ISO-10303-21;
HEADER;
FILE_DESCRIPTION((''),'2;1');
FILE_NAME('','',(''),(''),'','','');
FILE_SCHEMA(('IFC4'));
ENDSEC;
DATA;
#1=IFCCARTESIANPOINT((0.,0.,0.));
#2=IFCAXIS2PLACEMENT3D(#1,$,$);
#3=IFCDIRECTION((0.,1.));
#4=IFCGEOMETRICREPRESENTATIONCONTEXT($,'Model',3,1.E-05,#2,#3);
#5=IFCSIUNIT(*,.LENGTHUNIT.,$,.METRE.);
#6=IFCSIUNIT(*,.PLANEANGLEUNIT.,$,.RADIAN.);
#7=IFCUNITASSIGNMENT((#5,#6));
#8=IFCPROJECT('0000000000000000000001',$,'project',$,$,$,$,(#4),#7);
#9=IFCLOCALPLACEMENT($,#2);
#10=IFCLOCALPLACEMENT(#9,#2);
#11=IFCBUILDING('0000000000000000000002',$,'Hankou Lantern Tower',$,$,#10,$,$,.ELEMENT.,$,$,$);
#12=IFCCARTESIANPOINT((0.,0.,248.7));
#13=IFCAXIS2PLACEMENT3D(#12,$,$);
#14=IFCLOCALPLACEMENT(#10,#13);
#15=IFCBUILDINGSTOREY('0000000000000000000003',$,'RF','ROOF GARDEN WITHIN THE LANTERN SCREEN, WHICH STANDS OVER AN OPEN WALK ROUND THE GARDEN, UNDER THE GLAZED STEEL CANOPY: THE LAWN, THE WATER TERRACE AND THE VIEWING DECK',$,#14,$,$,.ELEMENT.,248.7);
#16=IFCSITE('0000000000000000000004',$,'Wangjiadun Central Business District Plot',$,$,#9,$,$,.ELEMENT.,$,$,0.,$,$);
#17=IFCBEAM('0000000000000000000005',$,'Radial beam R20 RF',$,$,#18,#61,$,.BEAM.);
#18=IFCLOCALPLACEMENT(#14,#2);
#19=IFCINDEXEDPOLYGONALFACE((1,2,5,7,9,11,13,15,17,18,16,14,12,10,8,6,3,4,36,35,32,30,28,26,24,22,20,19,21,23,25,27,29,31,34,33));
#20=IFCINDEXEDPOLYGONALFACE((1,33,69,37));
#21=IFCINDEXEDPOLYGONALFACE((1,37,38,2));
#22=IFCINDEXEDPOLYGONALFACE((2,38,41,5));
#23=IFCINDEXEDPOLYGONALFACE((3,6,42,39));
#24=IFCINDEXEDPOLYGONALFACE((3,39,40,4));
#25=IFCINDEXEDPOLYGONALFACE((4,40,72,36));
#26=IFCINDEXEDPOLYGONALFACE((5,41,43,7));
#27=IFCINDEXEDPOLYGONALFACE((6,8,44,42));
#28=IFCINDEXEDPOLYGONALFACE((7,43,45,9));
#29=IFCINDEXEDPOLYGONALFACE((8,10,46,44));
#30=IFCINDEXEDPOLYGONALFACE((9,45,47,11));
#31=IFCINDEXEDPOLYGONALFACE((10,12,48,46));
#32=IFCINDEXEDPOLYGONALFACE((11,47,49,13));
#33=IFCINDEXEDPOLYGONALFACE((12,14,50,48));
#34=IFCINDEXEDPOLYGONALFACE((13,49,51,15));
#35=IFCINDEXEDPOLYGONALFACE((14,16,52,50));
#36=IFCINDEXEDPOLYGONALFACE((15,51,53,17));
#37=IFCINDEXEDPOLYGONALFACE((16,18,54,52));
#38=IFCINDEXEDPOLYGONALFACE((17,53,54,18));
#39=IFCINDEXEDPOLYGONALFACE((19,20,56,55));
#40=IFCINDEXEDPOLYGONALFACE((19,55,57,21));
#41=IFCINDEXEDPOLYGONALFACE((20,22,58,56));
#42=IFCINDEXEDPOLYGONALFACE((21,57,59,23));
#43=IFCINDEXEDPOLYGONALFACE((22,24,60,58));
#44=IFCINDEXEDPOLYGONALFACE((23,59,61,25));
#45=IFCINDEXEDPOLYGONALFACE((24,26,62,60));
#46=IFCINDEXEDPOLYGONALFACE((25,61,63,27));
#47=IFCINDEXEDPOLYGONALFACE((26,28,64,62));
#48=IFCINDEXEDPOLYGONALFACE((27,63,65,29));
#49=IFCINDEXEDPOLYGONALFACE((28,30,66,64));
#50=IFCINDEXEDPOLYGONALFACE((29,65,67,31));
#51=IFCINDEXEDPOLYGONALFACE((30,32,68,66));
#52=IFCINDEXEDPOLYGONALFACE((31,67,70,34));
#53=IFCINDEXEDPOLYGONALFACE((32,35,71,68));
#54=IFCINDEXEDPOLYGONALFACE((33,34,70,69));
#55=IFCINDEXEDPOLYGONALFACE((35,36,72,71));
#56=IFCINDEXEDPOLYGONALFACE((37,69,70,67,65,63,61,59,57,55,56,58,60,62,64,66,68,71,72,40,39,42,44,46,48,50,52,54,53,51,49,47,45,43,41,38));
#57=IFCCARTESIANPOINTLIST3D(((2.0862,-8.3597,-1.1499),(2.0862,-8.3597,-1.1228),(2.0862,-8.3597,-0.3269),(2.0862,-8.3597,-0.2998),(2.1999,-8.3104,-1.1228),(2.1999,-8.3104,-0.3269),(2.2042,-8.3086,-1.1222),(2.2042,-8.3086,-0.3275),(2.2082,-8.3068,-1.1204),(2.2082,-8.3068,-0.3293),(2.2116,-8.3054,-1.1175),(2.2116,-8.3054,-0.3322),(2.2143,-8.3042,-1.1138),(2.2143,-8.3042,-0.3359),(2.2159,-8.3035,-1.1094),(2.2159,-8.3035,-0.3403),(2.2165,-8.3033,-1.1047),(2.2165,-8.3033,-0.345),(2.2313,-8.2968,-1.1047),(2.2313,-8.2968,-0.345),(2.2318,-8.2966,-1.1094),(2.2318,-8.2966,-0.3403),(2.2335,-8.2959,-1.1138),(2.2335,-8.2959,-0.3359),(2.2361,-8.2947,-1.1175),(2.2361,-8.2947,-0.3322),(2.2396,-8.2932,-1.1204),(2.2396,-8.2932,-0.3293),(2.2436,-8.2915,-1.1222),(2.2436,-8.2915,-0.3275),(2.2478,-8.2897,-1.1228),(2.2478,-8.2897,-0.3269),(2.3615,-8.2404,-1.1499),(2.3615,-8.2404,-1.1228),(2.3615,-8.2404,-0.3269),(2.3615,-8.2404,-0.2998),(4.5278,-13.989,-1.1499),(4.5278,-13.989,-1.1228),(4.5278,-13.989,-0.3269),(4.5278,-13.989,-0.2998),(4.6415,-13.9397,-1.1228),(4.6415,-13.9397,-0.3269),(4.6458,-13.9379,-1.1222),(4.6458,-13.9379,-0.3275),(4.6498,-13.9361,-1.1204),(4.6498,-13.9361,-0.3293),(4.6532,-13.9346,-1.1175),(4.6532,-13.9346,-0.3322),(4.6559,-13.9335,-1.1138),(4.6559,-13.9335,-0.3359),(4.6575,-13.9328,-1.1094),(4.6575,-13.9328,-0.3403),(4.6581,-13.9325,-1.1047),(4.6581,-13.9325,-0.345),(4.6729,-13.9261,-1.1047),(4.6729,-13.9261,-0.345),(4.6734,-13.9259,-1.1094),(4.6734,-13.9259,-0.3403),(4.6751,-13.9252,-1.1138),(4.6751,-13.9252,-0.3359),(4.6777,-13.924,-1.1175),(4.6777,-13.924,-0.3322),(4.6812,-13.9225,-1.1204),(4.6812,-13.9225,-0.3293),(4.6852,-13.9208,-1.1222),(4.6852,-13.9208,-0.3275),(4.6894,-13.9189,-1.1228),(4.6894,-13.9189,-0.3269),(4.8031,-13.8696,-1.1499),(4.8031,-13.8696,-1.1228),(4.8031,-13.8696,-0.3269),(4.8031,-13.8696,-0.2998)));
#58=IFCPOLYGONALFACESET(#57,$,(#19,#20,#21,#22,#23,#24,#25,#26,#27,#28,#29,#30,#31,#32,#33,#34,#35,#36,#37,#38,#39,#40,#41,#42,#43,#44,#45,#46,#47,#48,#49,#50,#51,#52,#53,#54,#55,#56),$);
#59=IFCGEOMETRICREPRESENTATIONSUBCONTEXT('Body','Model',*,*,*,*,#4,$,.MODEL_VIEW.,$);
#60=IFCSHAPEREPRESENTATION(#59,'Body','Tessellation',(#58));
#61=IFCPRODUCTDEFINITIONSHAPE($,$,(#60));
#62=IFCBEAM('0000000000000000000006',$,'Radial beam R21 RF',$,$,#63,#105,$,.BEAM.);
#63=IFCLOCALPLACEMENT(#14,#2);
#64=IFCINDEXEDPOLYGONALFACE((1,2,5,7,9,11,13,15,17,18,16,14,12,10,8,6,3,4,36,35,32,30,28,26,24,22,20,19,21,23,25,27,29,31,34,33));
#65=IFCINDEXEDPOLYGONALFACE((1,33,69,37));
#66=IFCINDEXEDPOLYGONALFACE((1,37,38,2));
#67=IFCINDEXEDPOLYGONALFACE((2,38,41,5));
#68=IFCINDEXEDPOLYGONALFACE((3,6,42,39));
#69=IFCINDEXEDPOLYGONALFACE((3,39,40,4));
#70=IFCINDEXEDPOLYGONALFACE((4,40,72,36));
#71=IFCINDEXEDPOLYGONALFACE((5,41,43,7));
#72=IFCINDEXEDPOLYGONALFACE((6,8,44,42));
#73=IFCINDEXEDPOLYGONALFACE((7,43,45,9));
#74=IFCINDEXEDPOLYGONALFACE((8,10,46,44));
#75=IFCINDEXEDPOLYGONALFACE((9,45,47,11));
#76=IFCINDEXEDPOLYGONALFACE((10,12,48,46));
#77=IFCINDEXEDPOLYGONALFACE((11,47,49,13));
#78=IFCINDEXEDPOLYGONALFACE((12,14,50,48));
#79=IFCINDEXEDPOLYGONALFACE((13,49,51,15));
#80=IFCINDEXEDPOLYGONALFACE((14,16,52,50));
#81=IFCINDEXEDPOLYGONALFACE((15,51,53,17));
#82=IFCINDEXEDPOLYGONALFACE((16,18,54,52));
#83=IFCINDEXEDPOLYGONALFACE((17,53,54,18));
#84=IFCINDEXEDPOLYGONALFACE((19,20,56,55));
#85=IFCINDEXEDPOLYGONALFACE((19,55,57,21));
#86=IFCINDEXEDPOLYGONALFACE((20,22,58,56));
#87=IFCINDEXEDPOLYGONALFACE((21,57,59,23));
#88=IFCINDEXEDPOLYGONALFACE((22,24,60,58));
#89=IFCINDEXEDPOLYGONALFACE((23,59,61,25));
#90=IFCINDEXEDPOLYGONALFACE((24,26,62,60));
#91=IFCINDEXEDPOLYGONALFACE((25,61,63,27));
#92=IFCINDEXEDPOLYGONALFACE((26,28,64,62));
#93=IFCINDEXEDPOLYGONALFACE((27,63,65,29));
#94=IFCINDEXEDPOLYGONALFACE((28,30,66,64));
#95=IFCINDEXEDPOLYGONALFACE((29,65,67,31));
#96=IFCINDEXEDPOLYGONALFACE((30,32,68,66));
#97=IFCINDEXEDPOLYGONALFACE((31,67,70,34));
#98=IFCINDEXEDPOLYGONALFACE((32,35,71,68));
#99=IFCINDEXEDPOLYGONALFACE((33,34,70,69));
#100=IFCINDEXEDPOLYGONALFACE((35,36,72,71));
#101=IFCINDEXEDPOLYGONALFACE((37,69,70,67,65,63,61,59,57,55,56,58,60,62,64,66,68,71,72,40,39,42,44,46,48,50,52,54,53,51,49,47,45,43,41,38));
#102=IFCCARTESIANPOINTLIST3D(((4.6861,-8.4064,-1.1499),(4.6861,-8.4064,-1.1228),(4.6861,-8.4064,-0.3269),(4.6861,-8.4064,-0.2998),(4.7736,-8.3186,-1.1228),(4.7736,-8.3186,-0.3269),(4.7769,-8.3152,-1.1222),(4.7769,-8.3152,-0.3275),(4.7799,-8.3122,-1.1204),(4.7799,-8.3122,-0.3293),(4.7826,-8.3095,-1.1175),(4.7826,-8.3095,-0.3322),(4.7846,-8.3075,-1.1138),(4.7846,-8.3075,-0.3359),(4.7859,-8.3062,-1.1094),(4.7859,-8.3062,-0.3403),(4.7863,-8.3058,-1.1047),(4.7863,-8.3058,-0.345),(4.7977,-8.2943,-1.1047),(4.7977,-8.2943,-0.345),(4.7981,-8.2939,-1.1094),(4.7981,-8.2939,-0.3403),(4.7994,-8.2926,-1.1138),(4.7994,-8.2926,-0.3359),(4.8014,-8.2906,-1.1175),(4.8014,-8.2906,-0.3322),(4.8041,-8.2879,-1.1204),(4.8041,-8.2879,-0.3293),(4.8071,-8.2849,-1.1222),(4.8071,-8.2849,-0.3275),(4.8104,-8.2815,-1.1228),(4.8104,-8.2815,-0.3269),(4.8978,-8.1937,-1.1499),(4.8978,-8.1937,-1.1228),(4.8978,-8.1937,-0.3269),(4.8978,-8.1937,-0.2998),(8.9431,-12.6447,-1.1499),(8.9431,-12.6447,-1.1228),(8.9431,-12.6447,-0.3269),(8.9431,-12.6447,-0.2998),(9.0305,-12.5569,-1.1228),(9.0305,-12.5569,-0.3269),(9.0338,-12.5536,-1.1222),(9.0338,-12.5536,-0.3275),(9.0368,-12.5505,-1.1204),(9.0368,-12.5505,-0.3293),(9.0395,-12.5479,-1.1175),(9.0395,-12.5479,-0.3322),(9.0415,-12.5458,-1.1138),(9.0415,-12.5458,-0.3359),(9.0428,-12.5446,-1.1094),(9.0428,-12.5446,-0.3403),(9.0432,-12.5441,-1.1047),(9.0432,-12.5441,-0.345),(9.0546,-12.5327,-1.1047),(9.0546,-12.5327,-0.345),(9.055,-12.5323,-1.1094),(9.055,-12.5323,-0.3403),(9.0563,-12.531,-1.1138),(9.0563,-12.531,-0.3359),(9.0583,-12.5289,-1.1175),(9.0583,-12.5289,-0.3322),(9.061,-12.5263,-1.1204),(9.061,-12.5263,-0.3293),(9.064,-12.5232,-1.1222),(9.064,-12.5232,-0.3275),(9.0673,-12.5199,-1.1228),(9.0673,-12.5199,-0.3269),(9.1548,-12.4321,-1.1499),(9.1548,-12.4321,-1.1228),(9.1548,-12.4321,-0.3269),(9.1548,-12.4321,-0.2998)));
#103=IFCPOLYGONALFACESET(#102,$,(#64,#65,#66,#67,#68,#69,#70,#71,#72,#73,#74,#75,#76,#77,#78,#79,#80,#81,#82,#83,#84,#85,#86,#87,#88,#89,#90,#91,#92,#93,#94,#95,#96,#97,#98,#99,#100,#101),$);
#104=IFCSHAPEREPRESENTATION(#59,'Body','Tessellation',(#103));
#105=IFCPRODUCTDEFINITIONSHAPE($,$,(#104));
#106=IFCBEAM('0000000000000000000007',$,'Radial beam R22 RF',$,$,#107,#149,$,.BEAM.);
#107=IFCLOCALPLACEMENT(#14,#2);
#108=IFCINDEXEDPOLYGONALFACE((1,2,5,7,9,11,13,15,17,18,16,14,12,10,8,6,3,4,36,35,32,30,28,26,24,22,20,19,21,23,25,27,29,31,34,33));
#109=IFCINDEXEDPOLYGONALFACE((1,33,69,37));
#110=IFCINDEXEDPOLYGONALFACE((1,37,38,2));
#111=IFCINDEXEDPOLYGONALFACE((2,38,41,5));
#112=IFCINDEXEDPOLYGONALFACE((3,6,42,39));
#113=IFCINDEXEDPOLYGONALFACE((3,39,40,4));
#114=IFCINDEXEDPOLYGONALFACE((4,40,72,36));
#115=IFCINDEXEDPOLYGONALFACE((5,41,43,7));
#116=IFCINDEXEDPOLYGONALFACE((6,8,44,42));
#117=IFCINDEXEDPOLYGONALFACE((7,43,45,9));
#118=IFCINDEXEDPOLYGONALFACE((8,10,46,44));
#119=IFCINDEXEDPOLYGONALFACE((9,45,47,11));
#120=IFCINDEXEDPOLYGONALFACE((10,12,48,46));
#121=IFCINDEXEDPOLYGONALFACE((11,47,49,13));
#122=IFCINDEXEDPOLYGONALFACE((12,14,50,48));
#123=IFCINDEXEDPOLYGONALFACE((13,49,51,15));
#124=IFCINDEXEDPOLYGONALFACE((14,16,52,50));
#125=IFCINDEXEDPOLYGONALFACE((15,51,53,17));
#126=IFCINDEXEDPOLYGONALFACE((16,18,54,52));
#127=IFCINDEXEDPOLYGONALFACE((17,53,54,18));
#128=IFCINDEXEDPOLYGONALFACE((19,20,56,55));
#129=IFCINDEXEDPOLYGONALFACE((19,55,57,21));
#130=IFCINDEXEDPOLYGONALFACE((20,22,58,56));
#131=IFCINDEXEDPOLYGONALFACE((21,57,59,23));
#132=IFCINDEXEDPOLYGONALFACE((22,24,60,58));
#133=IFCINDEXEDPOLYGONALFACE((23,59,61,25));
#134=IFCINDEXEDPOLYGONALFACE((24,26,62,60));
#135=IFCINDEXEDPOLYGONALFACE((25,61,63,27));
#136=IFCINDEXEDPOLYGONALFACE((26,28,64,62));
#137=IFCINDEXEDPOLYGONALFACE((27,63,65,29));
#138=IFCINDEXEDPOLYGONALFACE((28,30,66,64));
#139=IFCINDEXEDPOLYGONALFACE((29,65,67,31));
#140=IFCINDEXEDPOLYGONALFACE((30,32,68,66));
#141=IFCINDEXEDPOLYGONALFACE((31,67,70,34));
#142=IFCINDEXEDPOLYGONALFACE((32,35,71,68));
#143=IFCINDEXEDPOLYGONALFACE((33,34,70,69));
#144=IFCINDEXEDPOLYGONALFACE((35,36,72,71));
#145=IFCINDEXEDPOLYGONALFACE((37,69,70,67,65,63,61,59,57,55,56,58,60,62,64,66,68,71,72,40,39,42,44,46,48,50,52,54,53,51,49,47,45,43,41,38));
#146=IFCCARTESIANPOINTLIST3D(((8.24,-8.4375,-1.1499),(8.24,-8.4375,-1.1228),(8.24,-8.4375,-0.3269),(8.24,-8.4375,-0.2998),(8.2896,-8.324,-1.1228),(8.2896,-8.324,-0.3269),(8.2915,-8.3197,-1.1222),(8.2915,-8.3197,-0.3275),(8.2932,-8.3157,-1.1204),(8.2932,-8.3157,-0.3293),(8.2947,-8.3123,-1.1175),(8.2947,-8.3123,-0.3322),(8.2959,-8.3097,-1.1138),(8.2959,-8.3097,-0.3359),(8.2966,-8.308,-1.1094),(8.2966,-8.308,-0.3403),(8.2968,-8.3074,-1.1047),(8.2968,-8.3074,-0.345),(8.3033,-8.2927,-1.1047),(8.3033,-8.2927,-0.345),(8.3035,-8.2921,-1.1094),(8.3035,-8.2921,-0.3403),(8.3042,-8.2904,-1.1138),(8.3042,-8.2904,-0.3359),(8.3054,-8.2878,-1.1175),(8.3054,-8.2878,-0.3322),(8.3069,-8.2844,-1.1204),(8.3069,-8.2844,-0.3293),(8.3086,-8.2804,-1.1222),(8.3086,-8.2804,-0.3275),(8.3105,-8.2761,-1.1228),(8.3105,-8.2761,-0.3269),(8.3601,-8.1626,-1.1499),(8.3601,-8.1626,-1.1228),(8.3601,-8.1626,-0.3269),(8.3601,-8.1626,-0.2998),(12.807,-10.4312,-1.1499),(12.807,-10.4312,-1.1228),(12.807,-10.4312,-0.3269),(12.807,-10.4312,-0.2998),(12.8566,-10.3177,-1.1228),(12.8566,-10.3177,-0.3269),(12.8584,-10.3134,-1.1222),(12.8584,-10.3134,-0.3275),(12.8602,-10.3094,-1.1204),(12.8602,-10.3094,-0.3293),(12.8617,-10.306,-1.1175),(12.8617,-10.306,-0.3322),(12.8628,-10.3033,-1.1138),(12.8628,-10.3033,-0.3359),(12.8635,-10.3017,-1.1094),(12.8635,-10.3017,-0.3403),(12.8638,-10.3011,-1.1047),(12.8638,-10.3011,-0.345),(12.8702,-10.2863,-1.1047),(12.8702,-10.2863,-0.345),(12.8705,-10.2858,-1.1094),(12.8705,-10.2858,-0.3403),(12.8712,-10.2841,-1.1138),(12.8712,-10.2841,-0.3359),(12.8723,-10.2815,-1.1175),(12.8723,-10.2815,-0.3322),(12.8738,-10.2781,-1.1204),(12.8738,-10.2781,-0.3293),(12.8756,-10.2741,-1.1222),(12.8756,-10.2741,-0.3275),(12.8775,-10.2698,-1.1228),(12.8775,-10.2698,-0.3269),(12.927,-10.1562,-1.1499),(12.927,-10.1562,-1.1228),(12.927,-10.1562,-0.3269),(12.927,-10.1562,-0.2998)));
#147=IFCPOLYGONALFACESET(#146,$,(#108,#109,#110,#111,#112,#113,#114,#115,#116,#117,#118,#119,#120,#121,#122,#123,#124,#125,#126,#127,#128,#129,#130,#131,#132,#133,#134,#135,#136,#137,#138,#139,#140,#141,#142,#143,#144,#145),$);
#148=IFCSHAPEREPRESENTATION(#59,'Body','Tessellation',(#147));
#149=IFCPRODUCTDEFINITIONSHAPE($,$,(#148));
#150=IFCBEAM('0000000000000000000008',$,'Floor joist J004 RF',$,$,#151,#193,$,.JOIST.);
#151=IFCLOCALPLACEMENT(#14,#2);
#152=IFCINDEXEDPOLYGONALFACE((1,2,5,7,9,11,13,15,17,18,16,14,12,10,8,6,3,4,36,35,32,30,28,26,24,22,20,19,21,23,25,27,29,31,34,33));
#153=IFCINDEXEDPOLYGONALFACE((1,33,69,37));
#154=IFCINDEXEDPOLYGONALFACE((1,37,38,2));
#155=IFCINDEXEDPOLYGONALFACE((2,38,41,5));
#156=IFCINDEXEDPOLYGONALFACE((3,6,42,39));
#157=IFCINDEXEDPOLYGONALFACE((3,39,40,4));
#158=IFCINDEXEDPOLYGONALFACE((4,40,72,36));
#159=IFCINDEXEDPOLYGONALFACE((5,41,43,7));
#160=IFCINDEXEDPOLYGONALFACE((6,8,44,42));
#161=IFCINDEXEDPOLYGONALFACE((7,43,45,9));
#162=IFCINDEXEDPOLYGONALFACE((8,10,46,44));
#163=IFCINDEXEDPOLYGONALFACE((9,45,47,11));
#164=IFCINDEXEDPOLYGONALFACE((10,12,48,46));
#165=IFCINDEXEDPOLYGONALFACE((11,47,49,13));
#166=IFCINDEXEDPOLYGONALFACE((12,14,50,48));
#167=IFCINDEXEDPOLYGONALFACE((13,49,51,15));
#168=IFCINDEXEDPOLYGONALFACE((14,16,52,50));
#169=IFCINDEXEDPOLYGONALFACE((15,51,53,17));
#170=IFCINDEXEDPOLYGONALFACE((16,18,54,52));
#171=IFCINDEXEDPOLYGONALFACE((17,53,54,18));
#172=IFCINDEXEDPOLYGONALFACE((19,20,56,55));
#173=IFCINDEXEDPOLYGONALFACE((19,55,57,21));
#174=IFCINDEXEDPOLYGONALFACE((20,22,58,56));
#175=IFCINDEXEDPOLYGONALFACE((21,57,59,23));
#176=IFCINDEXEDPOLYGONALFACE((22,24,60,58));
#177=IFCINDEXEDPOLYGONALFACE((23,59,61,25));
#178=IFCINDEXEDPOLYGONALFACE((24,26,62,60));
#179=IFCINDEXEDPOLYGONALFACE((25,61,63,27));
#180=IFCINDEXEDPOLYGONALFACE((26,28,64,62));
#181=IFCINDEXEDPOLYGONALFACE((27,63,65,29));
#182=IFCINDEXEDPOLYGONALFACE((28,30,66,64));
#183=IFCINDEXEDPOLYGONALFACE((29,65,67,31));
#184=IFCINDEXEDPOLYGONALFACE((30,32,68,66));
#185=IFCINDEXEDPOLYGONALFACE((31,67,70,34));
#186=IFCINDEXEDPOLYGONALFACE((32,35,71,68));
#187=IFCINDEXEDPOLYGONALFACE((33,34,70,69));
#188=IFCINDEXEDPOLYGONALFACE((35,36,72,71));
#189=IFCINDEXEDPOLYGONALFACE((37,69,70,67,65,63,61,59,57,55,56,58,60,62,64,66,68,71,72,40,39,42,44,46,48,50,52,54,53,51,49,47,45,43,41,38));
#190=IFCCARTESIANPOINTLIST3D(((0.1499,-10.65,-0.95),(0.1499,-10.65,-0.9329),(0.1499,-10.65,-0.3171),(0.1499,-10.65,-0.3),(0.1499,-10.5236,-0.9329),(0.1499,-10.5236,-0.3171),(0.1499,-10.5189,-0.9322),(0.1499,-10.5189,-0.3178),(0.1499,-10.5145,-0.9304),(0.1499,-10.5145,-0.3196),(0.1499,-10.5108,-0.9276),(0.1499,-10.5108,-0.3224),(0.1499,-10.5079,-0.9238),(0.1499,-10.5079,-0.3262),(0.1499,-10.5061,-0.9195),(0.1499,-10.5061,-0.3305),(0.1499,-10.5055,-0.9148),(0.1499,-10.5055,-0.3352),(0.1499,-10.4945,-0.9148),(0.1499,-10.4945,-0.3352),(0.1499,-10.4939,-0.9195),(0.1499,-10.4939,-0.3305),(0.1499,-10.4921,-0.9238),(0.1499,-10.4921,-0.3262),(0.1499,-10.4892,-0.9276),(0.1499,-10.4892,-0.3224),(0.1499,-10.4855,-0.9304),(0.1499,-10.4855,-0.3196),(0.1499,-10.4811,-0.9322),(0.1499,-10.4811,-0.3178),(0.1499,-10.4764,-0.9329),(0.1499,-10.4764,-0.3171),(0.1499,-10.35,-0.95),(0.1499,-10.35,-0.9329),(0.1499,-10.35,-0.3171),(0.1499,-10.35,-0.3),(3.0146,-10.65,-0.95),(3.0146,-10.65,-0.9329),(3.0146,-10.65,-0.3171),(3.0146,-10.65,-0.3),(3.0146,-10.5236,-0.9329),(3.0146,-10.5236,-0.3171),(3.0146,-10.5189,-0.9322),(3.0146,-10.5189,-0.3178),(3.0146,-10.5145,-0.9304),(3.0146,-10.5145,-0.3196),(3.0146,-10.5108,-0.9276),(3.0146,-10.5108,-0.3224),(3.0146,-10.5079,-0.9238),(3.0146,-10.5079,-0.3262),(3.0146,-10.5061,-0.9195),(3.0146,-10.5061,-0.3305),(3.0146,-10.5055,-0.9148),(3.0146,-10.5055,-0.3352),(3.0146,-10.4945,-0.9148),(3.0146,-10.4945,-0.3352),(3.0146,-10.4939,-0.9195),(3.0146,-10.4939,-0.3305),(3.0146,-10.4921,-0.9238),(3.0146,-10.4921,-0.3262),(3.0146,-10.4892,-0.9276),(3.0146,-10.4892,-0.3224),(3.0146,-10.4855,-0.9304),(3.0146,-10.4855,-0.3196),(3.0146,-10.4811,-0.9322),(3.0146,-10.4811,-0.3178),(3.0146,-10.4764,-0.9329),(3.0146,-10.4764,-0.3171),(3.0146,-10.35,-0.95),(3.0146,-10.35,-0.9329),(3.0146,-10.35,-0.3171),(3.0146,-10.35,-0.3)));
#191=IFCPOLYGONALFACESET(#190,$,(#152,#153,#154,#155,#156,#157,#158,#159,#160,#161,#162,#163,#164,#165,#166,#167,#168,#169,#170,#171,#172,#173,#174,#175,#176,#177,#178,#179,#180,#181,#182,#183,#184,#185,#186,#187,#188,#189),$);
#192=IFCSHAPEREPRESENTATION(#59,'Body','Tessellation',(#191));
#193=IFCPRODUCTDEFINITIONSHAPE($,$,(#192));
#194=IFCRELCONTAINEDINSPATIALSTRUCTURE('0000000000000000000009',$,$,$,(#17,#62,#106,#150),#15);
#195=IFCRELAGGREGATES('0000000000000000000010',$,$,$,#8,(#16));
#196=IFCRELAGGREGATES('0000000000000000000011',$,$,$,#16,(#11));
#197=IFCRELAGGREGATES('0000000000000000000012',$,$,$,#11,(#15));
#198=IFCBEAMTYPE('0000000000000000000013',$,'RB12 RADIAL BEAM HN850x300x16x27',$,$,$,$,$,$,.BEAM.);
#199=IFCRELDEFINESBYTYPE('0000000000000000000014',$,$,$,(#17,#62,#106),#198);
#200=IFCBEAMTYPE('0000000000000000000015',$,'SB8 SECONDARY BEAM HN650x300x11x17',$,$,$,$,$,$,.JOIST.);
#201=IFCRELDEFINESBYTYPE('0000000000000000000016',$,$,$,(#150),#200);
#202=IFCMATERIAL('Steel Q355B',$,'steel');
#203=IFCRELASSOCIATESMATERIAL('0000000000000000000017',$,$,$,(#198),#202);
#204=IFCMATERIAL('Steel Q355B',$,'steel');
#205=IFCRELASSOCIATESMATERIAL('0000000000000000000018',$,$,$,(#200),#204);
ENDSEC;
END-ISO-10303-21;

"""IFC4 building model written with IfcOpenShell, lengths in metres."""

from ifc_helpers import new_model, si_unit, direction, frame, origin, origin_2d, place, context, subcontext, project, spatial, i_section, extrude, material, material_profile, profile_set, type_object, element, save


model = new_model("IFC4")

# Units and contexts
model_context = context("Model", 3, precision=1e-05, world=origin(), true_north=direction((0.0, 1.0)))
body_context = subcontext(model_context, "Body", "Model", "MODEL_VIEW")
ifc_project = project(units=[si_unit("LENGTHUNIT", "METRE"), si_unit("PLANEANGLEUNIT", "RADIAN")], contexts=[model_context])

# Site, building, storey
site_placement = place(None, origin())
site = spatial("IfcSite", under=ifc_project, at=site_placement, Name="Wangjiadun Central Business District Plot", CompositionType="ELEMENT", RefElevation=0.0)
building_placement = place(site_placement, origin())
building = spatial("IfcBuilding", under=site, at=building_placement, Name="Hankou Lantern Tower", CompositionType="ELEMENT")
storey_placement = place(building_placement, frame((0.0, 0.0, 248.7)))
storey = spatial("IfcBuildingStorey", under=building, at=storey_placement, Name="RF", Description="ROOF GARDEN WITHIN THE LANTERN SCREEN, WHICH STANDS OVER AN OPEN WALK ROUND THE GARDEN, UNDER THE GLAZED STEEL CANOPY: THE LAWN, THE WATER TERRACE AND THE VIEWING DECK", CompositionType="ELEMENT", Elevation=248.7)

# Beams
ifc_material_1 = material(Name="Steel Q355B", Category="steel")
ifc_material_profile_1 = material_profile(ifc_material_1, i_section(OverallWidth=0.3, OverallDepth=0.8501, WebThickness=0.0161, FlangeThickness=0.0271, FilletRadius=0.0181, at=origin_2d()), Name="HN850x300x16x27")
ifc_profile_set_1 = profile_set([ifc_material_profile_1], Name="Steel Q355B")
beam_type_1 = type_object("IfcBeamType", Name="RB12 RADIAL BEAM HN850x300x16x27", PredefinedType="BEAM", material=ifc_profile_set_1)
beam_1_placement = place(storey_placement, frame((2.2239, -8.3, -0.7249), z_axis=(0.397916, -0.917422, 0.0), x_axis=(0.917422, 0.397916, 0.0)))
element("IfcBeam", 1, at=beam_1_placement, inside=storey, type_object=beam_type_1, Name="Radial beam R20 RF", PredefinedType="BEAM", context=body_context, shape_type="SweptSolid", body=[
    extrude(i_section(OverallWidth=0.3, OverallDepth=0.8501, WebThickness=0.0161, FlangeThickness=0.0271, FilletRadius=0.0181, at=origin_2d()), origin(), (0.0, 0.0, 1.0), 6.136),
])
beam_2_placement = place(storey_placement, frame((4.792, -8.3, -0.7249), z_axis=(0.70865, -0.705561, 0.0), x_axis=(0.705561, 0.70865, 0.0)))
element("IfcBeam", 2, at=beam_2_placement, inside=storey, type_object=beam_type_1, Name="Radial beam R21 RF", PredefinedType="BEAM", context=body_context, shape_type="SweptSolid", body=[
    extrude(i_section(OverallWidth=0.3, OverallDepth=0.8501, WebThickness=0.0161, FlangeThickness=0.0271, FilletRadius=0.0181, at=origin_2d()), origin(), (0.0, 0.0, 1.0), 6.0071),
])
beam_3_placement = place(storey_placement, frame((8.3, -8.3, -0.7249), z_axis=(0.916479, -0.400084, 0.0), x_axis=(0.400084, 0.916479, 0.0)))
element("IfcBeam", 3, at=beam_3_placement, inside=storey, type_object=beam_type_1, Name="Radial beam R22 RF", PredefinedType="BEAM", context=body_context, shape_type="SweptSolid", body=[
    extrude(i_section(OverallWidth=0.3, OverallDepth=0.8501, WebThickness=0.0161, FlangeThickness=0.0271, FilletRadius=0.0181, at=origin_2d()), origin(), (0.0, 0.0, 1.0), 4.9832),
])
ifc_material_2 = material(Name="Steel Q355B", Category="steel")
ifc_material_profile_2 = material_profile(ifc_material_2, i_section(OverallWidth=0.3, OverallDepth=0.6499, WebThickness=0.011, FlangeThickness=0.0171, FilletRadius=0.0181, at=origin_2d()), Name="HN650x300x11x17")
ifc_profile_set_2 = profile_set([ifc_material_profile_2], Name="Steel Q355B")
beam_type_2 = type_object("IfcBeamType", Name="SB8 SECONDARY BEAM HN650x300x11x17", PredefinedType="JOIST", material=ifc_profile_set_2)
beam_4_placement = place(storey_placement, frame((0.1499, -10.5, -0.625), z_axis=(1.0, 0.0, 0.0), x_axis=(0.0, 1.0, 0.0)))
element("IfcBeam", 4, at=beam_4_placement, inside=storey, type_object=beam_type_2, Name="Floor joist J004 RF", PredefinedType="JOIST", context=body_context, shape_type="SweptSolid", body=[
    extrude(i_section(OverallWidth=0.3, OverallDepth=0.6499, WebThickness=0.011, FlangeThickness=0.0171, FilletRadius=0.0181, at=origin_2d()), origin(), (0.0, 0.0, 1.0), 2.8647),
])

save(model, "model.ifc")
